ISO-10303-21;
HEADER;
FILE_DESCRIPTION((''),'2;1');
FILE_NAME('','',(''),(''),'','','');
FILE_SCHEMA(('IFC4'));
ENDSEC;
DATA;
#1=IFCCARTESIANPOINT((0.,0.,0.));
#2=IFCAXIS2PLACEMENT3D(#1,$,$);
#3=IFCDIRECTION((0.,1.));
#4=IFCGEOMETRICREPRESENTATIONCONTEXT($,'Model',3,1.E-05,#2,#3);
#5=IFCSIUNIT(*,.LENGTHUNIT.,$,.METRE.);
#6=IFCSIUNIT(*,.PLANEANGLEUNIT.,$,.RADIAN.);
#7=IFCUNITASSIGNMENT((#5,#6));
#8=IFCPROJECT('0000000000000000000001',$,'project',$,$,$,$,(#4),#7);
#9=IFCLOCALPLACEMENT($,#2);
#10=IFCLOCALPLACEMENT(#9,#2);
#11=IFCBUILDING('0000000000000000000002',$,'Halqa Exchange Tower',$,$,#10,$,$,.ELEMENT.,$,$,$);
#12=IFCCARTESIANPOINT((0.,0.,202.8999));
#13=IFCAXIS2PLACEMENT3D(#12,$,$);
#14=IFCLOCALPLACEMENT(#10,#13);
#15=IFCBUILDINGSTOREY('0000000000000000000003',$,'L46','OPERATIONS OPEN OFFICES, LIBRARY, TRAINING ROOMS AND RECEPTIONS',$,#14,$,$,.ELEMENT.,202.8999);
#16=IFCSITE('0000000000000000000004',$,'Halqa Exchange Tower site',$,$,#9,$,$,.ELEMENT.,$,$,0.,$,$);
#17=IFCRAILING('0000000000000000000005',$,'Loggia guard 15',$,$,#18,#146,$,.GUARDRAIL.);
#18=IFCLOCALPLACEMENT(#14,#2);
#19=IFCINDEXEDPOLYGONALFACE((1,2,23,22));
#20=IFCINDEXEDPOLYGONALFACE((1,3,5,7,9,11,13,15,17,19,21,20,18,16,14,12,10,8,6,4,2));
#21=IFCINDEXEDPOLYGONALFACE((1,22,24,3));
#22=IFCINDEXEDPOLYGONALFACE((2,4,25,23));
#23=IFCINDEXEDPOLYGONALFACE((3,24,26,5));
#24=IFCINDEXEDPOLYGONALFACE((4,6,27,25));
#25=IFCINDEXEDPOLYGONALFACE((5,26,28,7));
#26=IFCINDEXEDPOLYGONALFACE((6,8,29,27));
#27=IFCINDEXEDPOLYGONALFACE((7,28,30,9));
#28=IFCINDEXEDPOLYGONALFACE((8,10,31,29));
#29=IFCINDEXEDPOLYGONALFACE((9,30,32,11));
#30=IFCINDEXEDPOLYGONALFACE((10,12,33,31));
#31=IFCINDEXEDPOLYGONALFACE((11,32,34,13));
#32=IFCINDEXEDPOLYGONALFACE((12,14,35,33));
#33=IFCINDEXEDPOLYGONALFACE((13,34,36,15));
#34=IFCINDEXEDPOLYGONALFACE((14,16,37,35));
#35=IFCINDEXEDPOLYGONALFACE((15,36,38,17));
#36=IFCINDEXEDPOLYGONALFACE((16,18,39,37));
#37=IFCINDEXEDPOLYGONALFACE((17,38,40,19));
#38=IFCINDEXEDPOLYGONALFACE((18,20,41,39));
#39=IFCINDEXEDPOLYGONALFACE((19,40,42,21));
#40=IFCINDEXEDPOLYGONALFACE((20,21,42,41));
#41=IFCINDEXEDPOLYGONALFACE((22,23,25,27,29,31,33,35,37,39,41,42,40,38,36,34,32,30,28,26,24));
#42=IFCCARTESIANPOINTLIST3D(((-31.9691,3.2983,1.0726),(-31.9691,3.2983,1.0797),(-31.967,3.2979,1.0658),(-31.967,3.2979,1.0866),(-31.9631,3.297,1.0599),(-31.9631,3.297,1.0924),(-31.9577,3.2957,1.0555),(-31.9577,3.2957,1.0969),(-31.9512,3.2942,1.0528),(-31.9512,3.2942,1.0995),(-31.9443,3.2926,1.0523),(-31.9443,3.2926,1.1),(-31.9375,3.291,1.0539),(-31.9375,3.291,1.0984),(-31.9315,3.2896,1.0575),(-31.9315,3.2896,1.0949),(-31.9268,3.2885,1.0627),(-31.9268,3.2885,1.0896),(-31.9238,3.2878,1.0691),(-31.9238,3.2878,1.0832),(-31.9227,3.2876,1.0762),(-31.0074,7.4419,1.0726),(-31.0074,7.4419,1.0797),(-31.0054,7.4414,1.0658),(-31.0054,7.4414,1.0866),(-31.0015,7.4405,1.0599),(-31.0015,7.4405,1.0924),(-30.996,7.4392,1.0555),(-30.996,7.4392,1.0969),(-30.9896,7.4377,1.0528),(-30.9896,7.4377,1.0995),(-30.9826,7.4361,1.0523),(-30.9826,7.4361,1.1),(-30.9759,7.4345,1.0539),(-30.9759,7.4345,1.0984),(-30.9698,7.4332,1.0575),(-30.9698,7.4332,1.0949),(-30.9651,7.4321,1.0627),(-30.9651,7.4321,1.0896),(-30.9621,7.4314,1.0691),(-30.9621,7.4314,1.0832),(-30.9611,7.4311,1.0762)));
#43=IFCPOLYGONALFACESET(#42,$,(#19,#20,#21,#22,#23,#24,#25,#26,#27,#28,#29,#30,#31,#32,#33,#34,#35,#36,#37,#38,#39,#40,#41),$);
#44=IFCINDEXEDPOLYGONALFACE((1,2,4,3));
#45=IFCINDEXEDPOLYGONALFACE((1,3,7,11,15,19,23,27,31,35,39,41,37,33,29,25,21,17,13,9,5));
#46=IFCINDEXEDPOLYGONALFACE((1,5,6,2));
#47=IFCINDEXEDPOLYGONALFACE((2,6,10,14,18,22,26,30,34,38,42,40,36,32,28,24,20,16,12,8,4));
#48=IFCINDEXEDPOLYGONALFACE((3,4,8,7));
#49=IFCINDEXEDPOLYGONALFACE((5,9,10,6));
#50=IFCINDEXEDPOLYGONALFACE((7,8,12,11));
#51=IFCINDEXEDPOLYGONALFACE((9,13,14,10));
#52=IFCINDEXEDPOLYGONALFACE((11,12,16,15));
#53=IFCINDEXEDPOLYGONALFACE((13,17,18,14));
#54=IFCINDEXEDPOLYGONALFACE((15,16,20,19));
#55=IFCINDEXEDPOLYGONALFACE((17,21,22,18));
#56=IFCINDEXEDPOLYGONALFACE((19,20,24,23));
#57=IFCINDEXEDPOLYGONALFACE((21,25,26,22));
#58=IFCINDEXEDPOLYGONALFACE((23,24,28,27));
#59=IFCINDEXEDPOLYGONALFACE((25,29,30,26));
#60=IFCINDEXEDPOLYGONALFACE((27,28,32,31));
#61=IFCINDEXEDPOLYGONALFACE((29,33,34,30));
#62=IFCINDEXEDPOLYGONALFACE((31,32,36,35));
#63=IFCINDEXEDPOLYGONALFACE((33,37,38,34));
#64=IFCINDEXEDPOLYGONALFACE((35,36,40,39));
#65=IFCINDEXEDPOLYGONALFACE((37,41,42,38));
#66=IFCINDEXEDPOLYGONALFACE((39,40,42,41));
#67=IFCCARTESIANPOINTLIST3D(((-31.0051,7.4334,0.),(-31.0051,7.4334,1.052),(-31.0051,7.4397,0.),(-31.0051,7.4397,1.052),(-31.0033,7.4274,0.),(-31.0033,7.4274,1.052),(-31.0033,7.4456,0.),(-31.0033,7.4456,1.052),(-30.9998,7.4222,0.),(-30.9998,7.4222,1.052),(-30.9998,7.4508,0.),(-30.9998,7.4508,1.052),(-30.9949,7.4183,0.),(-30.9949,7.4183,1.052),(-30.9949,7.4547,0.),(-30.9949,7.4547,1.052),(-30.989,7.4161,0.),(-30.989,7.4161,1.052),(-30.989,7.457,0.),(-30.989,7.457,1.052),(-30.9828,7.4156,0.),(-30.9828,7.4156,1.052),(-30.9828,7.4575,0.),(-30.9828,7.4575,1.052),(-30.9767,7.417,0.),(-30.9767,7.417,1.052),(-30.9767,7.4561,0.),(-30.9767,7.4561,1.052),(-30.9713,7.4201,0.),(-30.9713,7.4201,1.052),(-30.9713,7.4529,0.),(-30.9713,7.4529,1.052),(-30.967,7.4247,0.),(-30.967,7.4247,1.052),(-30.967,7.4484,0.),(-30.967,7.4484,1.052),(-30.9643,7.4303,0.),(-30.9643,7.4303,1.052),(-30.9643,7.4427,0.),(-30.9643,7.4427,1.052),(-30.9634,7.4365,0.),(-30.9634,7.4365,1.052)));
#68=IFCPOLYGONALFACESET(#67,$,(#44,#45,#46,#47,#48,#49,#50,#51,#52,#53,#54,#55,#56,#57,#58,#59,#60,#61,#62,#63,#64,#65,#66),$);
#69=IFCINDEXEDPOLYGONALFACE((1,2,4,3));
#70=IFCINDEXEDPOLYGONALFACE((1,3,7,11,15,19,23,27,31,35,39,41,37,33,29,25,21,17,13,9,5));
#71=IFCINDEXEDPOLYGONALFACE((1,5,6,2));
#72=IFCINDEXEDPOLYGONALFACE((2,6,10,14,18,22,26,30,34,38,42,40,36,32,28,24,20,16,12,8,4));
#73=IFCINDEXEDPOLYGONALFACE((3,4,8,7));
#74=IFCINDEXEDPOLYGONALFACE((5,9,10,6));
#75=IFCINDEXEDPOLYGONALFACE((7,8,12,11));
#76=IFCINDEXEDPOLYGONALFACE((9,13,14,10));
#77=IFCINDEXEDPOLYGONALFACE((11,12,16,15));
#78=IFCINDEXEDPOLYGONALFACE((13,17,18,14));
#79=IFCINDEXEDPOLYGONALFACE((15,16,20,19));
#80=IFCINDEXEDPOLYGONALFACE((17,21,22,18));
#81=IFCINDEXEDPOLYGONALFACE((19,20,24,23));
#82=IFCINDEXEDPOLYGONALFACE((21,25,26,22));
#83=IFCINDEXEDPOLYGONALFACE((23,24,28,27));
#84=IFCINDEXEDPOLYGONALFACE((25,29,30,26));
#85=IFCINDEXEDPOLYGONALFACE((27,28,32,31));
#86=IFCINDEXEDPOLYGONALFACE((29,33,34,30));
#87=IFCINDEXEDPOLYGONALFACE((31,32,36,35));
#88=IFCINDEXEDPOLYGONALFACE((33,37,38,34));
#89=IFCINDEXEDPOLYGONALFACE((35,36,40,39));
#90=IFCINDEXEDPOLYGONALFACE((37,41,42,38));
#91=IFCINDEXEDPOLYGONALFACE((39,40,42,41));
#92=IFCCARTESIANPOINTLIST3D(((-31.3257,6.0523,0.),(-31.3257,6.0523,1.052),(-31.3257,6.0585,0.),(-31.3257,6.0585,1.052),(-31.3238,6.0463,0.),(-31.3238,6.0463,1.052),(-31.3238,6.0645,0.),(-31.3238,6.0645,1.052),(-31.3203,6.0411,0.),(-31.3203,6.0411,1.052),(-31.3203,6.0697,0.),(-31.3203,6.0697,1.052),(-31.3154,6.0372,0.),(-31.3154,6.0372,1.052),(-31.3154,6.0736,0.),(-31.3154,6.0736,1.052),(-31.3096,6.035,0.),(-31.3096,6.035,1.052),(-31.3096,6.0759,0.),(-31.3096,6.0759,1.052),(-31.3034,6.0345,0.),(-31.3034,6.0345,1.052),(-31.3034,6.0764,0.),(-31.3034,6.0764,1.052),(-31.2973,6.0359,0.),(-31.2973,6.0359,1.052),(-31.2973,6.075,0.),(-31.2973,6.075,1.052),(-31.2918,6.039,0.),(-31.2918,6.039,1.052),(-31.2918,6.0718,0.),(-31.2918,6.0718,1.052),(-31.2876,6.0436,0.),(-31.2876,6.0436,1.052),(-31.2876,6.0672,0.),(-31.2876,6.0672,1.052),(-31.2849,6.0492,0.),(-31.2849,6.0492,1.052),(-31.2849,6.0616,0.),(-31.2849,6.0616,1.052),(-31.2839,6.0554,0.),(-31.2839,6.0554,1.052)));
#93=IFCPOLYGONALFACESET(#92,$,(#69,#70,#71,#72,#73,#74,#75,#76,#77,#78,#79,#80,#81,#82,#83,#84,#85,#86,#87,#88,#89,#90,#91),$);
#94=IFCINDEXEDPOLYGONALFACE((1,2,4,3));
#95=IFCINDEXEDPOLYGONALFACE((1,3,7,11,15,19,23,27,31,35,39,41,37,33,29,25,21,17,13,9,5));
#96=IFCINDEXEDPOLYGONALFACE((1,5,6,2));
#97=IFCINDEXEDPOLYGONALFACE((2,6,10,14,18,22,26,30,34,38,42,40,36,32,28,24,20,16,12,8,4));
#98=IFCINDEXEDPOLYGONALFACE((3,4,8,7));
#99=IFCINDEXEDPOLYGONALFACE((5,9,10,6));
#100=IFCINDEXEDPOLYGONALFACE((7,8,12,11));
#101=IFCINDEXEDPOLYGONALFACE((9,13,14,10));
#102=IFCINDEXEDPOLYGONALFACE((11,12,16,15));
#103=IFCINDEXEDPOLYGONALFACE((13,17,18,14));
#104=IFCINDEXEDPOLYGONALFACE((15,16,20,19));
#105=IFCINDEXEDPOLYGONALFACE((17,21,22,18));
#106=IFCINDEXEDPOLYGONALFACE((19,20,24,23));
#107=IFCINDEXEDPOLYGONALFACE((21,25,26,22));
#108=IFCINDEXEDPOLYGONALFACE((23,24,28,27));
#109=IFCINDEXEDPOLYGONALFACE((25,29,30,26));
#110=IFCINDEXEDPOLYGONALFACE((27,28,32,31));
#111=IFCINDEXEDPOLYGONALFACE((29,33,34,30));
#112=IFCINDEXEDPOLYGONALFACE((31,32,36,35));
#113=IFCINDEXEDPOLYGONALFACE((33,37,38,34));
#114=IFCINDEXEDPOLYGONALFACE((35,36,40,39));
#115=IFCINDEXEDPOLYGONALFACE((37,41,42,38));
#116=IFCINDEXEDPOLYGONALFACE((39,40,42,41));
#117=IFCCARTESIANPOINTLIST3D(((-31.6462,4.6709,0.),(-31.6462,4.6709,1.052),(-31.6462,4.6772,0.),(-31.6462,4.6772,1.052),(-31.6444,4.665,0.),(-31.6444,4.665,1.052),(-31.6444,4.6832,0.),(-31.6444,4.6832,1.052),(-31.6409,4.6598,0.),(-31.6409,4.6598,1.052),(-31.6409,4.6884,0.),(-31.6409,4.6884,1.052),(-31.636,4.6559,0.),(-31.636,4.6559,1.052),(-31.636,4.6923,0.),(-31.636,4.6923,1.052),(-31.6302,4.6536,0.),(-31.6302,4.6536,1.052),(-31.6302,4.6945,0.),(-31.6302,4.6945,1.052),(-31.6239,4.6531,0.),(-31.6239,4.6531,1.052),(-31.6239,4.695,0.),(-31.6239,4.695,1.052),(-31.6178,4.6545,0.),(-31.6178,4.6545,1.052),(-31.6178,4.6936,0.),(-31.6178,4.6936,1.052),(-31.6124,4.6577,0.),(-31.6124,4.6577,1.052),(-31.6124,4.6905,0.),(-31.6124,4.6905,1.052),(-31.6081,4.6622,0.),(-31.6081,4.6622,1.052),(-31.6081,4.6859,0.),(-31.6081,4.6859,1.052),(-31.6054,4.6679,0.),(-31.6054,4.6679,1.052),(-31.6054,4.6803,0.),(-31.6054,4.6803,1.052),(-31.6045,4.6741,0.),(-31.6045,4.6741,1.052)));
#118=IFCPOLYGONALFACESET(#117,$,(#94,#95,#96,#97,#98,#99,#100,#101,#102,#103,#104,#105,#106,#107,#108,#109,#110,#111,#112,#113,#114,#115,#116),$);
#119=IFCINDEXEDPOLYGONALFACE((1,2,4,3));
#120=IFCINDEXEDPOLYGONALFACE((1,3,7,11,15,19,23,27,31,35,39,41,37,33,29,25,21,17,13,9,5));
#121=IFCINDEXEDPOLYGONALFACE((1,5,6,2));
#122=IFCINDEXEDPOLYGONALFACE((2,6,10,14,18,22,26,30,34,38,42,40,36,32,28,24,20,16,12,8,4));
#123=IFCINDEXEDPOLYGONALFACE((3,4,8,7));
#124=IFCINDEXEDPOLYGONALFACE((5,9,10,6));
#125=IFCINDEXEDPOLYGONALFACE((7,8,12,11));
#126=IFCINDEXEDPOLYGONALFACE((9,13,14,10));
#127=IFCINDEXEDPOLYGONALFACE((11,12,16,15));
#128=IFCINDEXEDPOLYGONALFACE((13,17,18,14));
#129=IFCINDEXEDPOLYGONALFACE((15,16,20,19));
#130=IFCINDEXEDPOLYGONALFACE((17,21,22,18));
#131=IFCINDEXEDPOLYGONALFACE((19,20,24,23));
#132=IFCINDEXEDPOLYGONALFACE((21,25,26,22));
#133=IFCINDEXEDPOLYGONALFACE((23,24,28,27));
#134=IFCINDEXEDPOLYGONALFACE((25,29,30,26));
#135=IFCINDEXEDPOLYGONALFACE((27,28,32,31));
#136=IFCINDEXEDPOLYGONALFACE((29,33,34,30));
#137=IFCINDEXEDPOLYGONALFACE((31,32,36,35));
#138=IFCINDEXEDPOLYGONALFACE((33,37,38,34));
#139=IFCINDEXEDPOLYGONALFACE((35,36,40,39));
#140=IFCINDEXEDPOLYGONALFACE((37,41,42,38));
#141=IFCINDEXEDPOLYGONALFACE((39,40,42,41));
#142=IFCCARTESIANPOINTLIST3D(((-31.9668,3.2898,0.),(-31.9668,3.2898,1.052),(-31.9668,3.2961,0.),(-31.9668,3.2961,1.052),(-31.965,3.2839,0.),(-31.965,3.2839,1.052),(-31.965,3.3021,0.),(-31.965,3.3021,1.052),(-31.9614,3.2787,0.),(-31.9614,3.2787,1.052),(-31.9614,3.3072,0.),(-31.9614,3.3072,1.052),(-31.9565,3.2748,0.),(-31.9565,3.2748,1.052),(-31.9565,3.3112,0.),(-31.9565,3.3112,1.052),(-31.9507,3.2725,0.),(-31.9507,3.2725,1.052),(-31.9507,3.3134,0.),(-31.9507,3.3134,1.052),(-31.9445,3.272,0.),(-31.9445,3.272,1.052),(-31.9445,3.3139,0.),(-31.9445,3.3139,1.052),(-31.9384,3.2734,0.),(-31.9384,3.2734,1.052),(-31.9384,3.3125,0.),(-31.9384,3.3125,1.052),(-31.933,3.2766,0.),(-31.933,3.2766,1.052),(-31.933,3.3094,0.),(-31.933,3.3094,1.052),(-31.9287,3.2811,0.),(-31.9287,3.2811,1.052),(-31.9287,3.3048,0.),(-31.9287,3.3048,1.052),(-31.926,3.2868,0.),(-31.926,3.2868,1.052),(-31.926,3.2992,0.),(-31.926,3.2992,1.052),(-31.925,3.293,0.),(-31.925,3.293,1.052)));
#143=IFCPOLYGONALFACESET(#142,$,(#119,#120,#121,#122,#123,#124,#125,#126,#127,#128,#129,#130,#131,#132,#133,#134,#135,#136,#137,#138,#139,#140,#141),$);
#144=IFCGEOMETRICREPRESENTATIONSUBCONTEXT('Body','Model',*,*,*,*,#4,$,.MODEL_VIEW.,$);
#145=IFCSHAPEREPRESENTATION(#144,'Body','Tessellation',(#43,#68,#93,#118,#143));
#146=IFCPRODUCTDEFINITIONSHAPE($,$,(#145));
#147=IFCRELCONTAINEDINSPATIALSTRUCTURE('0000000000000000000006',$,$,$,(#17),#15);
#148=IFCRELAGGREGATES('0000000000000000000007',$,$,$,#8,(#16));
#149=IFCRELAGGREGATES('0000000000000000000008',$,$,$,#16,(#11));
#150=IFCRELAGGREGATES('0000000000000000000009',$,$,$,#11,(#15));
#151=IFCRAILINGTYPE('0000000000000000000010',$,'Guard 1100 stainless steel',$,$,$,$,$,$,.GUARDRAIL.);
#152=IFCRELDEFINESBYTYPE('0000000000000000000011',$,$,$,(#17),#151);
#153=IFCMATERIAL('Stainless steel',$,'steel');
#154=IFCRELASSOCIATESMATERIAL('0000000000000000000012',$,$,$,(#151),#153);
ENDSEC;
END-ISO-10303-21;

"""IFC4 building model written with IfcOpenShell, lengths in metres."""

from ifc_helpers import new_model, si_unit, direction, frame, origin, origin_2d, place, context, subcontext, project, spatial, circle, extrude, material, type_object, element, save


model = new_model("IFC4")

# Units and contexts
model_context = context("Model", 3, precision=1e-05, world=origin(), true_north=direction((0.0, 1.0)))
body_context = subcontext(model_context, "Body", "Model", "MODEL_VIEW")
ifc_project = project(units=[si_unit("LENGTHUNIT", "METRE"), si_unit("PLANEANGLEUNIT", "RADIAN")], contexts=[model_context])

# Site, building, storey
site_placement = place(None, origin())
site = spatial("IfcSite", under=ifc_project, at=site_placement, Name="Halqa Exchange Tower site", CompositionType="ELEMENT", RefElevation=0.0)
building_placement = place(site_placement, origin())
building = spatial("IfcBuilding", under=site, at=building_placement, Name="Halqa Exchange Tower", CompositionType="ELEMENT")
storey_placement = place(building_placement, frame((0.0, 0.0, 202.8999)))
storey = spatial("IfcBuildingStorey", under=building, at=storey_placement, Name="L46", Description="OPERATIONS OPEN OFFICES, LIBRARY, TRAINING ROOMS AND RECEPTIONS", CompositionType="ELEMENT", Elevation=202.8999)

# Railing
ifc_material_1 = material(Name="Stainless steel", Category="steel")
railing_type = type_object("IfcRailingType", Name="Guard 1100 stainless steel", PredefinedType="GUARDRAIL", material=ifc_material_1)
railing_1_placement = place(storey_placement, frame((-30.9844, 7.4365, 0.0)))
element("IfcRailing", 1, at=railing_1_placement, inside=storey, type_object=railing_type, Name="Loggia guard 15", PredefinedType="GUARDRAIL", context=body_context, shape_type="SweptSolid", body=[
    extrude(circle(Radius=0.0239, at=origin_2d()), frame((0.0, 0.0, 1.0762), z_axis=(-0.226079, -0.974109, 0.0), x_axis=(0.974109, -0.226079, 0.0)), (0.0, 0.0, 1.0), 4.2537),
    extrude(circle(Radius=0.021, at=origin_2d()), origin(), (0.0, 0.0, 1.0), 1.052),
    extrude(circle(Radius=0.021, at=origin_2d()), frame((-0.3206, -1.3811, 0.0)), (0.0, 0.0, 1.0), 1.052),
    extrude(circle(Radius=0.021, at=origin_2d()), frame((-0.6411, -2.7625, 0.0)), (0.0, 0.0, 1.0), 1.052),
    extrude(circle(Radius=0.021, at=origin_2d()), frame((-0.9617, -4.1436, 0.0)), (0.0, 0.0, 1.0), 1.052),
])

save(model, "model.ifc")
